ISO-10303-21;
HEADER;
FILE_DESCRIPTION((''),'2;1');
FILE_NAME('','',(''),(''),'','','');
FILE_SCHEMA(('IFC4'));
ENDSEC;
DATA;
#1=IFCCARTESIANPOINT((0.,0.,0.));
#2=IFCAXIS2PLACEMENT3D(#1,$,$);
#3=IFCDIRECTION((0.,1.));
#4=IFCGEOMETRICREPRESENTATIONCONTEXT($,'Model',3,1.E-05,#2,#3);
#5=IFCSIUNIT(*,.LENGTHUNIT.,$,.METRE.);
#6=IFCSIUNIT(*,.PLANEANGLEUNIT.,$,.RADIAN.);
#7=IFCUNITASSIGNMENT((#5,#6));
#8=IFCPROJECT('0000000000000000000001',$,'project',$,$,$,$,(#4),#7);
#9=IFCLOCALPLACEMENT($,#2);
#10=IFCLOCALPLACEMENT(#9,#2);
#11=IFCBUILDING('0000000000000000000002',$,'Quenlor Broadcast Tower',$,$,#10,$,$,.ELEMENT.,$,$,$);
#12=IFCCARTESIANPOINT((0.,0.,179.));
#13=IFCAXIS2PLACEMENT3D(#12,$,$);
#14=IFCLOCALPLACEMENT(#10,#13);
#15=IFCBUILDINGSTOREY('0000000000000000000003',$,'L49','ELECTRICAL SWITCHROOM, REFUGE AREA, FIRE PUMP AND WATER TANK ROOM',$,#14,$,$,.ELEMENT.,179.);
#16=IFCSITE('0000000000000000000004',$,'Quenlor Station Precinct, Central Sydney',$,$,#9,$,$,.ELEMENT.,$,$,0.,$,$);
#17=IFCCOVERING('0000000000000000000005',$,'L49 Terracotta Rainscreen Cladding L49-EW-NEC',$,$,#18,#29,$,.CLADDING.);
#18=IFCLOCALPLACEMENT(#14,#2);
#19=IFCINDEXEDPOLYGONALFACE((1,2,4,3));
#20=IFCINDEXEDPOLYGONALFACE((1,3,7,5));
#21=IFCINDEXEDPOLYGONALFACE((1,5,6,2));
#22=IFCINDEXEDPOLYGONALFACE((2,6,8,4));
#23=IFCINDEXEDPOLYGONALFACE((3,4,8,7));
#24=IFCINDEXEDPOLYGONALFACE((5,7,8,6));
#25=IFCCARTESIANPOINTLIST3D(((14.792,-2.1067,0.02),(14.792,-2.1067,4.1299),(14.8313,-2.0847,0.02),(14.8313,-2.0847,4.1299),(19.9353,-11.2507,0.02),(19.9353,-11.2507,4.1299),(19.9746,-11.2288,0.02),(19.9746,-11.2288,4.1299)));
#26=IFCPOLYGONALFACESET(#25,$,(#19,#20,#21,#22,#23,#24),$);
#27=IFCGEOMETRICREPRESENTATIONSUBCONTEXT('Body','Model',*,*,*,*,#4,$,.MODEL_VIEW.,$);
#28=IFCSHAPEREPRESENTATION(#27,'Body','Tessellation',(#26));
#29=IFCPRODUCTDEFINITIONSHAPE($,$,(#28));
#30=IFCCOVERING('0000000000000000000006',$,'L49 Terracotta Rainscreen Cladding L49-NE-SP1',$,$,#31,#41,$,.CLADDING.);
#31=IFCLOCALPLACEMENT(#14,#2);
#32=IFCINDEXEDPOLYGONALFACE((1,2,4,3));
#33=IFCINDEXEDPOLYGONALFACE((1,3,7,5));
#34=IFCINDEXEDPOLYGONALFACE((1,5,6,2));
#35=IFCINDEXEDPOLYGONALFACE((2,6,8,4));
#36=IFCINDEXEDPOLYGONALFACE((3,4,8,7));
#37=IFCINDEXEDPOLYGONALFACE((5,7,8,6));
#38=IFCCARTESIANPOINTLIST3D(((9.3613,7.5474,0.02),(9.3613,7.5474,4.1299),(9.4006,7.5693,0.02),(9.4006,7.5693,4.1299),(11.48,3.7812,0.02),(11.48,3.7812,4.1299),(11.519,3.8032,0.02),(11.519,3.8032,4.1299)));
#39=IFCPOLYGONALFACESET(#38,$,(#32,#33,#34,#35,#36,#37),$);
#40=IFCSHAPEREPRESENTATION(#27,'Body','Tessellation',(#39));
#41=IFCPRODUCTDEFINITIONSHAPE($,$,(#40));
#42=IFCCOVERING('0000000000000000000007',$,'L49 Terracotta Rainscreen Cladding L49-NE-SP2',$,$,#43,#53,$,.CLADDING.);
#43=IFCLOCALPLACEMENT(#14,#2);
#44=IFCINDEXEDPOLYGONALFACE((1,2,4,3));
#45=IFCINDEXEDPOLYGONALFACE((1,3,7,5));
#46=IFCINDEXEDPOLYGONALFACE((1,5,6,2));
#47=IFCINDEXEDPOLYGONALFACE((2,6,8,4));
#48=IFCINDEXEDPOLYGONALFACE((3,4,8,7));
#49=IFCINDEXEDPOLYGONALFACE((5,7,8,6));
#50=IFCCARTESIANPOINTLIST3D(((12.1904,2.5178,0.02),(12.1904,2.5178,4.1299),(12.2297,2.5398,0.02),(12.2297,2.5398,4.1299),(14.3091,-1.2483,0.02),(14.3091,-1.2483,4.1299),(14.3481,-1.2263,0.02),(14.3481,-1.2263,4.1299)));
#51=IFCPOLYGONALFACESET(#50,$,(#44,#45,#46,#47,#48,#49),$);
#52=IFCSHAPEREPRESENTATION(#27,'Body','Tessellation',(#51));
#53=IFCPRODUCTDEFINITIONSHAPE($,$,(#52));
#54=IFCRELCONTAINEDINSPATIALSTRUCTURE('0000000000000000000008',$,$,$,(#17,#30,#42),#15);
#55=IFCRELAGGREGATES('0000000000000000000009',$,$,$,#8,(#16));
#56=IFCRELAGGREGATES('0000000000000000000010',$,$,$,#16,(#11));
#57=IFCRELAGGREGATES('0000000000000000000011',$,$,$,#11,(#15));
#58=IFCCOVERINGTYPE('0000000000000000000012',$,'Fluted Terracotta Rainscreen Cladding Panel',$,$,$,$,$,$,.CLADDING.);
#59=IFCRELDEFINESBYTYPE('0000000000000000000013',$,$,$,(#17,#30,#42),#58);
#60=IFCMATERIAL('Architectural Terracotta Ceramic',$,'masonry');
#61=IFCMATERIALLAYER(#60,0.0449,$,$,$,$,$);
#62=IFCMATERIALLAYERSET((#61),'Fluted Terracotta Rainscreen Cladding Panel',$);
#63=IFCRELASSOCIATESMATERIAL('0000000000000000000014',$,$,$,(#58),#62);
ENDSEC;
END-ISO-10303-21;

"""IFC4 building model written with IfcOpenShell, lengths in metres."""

from ifc_helpers import new_model, si_unit, direction, frame, origin, place, context, subcontext, project, spatial, polyline, outline, extrude, material, layer, layer_set, type_object, element, save


model = new_model("IFC4")

# Units and contexts
model_context = context("Model", 3, precision=1e-05, world=origin(), true_north=direction((0.0, 1.0)))
body_context = subcontext(model_context, "Body", "Model", "MODEL_VIEW")
ifc_project = project(units=[si_unit("LENGTHUNIT", "METRE"), si_unit("PLANEANGLEUNIT", "RADIAN")], contexts=[model_context])

# Site, building, storey
site_placement = place(None, origin())
site = spatial("IfcSite", under=ifc_project, at=site_placement, Name="Quenlor Station Precinct, Central Sydney", CompositionType="ELEMENT", RefElevation=0.0)
building_placement = place(site_placement, origin())
building = spatial("IfcBuilding", under=site, at=building_placement, Name="Quenlor Broadcast Tower", CompositionType="ELEMENT")
storey_placement = place(building_placement, frame((0.0, 0.0, 179.0)))
storey = spatial("IfcBuildingStorey", under=building, at=storey_placement, Name="L49", Description="ELECTRICAL SWITCHROOM, REFUGE AREA, FIRE PUMP AND WATER TANK ROOM", CompositionType="ELEMENT", Elevation=179.0)

# Coverings
ifc_material_1 = material(Name="Architectural Terracotta Ceramic", Category="masonry")
ifc_layer_1 = layer(ifc_material_1, 0.0449)
ifc_layer_set_1 = layer_set([ifc_layer_1], Name="Fluted Terracotta Rainscreen Cladding Panel")
covering_type = type_object("IfcCoveringType", Name="Fluted Terracotta Rainscreen Cladding Panel", PredefinedType="CLADDING", material=ifc_layer_set_1)
covering_1_placement = place(storey_placement, frame((0.0, 0.0, 0.02)))
element("IfcCovering", 1, at=covering_1_placement, inside=storey, type_object=covering_type, Name="L49 Terracotta Rainscreen Cladding L49-EW-NEC", PredefinedType="CLADDING", context=body_context, shape_type="SweptSolid", body=[
    extrude(outline(polyline([(14.792, -2.1067), (19.9353, -11.2507), (19.9746, -11.2288), (14.8313, -2.0847), (14.792, -2.1067)])), origin(), (0.0, 0.0, 1.0), 4.1099),
])
covering_2_placement = place(storey_placement, frame((0.0, 0.0, 0.02)))
element("IfcCovering", 2, at=covering_2_placement, inside=storey, type_object=covering_type, Name="L49 Terracotta Rainscreen Cladding L49-NE-SP1", PredefinedType="CLADDING", context=body_context, shape_type="SweptSolid", body=[
    extrude(outline(polyline([(9.3613, 7.5474), (11.48, 3.7812), (11.519, 3.8032), (9.4006, 7.5693), (9.3613, 7.5474)])), origin(), (0.0, 0.0, 1.0), 4.1099),
])
covering_3_placement = place(storey_placement, frame((0.0, 0.0, 0.02)))
element("IfcCovering", 3, at=covering_3_placement, inside=storey, type_object=covering_type, Name="L49 Terracotta Rainscreen Cladding L49-NE-SP2", PredefinedType="CLADDING", context=body_context, shape_type="SweptSolid", body=[
    extrude(outline(polyline([(12.1904, 2.5178), (14.3091, -1.2483), (14.3481, -1.2263), (12.2297, 2.5398), (12.1904, 2.5178)])), origin(), (0.0, 0.0, 1.0), 4.1099),
])

save(model, "model.ifc")
